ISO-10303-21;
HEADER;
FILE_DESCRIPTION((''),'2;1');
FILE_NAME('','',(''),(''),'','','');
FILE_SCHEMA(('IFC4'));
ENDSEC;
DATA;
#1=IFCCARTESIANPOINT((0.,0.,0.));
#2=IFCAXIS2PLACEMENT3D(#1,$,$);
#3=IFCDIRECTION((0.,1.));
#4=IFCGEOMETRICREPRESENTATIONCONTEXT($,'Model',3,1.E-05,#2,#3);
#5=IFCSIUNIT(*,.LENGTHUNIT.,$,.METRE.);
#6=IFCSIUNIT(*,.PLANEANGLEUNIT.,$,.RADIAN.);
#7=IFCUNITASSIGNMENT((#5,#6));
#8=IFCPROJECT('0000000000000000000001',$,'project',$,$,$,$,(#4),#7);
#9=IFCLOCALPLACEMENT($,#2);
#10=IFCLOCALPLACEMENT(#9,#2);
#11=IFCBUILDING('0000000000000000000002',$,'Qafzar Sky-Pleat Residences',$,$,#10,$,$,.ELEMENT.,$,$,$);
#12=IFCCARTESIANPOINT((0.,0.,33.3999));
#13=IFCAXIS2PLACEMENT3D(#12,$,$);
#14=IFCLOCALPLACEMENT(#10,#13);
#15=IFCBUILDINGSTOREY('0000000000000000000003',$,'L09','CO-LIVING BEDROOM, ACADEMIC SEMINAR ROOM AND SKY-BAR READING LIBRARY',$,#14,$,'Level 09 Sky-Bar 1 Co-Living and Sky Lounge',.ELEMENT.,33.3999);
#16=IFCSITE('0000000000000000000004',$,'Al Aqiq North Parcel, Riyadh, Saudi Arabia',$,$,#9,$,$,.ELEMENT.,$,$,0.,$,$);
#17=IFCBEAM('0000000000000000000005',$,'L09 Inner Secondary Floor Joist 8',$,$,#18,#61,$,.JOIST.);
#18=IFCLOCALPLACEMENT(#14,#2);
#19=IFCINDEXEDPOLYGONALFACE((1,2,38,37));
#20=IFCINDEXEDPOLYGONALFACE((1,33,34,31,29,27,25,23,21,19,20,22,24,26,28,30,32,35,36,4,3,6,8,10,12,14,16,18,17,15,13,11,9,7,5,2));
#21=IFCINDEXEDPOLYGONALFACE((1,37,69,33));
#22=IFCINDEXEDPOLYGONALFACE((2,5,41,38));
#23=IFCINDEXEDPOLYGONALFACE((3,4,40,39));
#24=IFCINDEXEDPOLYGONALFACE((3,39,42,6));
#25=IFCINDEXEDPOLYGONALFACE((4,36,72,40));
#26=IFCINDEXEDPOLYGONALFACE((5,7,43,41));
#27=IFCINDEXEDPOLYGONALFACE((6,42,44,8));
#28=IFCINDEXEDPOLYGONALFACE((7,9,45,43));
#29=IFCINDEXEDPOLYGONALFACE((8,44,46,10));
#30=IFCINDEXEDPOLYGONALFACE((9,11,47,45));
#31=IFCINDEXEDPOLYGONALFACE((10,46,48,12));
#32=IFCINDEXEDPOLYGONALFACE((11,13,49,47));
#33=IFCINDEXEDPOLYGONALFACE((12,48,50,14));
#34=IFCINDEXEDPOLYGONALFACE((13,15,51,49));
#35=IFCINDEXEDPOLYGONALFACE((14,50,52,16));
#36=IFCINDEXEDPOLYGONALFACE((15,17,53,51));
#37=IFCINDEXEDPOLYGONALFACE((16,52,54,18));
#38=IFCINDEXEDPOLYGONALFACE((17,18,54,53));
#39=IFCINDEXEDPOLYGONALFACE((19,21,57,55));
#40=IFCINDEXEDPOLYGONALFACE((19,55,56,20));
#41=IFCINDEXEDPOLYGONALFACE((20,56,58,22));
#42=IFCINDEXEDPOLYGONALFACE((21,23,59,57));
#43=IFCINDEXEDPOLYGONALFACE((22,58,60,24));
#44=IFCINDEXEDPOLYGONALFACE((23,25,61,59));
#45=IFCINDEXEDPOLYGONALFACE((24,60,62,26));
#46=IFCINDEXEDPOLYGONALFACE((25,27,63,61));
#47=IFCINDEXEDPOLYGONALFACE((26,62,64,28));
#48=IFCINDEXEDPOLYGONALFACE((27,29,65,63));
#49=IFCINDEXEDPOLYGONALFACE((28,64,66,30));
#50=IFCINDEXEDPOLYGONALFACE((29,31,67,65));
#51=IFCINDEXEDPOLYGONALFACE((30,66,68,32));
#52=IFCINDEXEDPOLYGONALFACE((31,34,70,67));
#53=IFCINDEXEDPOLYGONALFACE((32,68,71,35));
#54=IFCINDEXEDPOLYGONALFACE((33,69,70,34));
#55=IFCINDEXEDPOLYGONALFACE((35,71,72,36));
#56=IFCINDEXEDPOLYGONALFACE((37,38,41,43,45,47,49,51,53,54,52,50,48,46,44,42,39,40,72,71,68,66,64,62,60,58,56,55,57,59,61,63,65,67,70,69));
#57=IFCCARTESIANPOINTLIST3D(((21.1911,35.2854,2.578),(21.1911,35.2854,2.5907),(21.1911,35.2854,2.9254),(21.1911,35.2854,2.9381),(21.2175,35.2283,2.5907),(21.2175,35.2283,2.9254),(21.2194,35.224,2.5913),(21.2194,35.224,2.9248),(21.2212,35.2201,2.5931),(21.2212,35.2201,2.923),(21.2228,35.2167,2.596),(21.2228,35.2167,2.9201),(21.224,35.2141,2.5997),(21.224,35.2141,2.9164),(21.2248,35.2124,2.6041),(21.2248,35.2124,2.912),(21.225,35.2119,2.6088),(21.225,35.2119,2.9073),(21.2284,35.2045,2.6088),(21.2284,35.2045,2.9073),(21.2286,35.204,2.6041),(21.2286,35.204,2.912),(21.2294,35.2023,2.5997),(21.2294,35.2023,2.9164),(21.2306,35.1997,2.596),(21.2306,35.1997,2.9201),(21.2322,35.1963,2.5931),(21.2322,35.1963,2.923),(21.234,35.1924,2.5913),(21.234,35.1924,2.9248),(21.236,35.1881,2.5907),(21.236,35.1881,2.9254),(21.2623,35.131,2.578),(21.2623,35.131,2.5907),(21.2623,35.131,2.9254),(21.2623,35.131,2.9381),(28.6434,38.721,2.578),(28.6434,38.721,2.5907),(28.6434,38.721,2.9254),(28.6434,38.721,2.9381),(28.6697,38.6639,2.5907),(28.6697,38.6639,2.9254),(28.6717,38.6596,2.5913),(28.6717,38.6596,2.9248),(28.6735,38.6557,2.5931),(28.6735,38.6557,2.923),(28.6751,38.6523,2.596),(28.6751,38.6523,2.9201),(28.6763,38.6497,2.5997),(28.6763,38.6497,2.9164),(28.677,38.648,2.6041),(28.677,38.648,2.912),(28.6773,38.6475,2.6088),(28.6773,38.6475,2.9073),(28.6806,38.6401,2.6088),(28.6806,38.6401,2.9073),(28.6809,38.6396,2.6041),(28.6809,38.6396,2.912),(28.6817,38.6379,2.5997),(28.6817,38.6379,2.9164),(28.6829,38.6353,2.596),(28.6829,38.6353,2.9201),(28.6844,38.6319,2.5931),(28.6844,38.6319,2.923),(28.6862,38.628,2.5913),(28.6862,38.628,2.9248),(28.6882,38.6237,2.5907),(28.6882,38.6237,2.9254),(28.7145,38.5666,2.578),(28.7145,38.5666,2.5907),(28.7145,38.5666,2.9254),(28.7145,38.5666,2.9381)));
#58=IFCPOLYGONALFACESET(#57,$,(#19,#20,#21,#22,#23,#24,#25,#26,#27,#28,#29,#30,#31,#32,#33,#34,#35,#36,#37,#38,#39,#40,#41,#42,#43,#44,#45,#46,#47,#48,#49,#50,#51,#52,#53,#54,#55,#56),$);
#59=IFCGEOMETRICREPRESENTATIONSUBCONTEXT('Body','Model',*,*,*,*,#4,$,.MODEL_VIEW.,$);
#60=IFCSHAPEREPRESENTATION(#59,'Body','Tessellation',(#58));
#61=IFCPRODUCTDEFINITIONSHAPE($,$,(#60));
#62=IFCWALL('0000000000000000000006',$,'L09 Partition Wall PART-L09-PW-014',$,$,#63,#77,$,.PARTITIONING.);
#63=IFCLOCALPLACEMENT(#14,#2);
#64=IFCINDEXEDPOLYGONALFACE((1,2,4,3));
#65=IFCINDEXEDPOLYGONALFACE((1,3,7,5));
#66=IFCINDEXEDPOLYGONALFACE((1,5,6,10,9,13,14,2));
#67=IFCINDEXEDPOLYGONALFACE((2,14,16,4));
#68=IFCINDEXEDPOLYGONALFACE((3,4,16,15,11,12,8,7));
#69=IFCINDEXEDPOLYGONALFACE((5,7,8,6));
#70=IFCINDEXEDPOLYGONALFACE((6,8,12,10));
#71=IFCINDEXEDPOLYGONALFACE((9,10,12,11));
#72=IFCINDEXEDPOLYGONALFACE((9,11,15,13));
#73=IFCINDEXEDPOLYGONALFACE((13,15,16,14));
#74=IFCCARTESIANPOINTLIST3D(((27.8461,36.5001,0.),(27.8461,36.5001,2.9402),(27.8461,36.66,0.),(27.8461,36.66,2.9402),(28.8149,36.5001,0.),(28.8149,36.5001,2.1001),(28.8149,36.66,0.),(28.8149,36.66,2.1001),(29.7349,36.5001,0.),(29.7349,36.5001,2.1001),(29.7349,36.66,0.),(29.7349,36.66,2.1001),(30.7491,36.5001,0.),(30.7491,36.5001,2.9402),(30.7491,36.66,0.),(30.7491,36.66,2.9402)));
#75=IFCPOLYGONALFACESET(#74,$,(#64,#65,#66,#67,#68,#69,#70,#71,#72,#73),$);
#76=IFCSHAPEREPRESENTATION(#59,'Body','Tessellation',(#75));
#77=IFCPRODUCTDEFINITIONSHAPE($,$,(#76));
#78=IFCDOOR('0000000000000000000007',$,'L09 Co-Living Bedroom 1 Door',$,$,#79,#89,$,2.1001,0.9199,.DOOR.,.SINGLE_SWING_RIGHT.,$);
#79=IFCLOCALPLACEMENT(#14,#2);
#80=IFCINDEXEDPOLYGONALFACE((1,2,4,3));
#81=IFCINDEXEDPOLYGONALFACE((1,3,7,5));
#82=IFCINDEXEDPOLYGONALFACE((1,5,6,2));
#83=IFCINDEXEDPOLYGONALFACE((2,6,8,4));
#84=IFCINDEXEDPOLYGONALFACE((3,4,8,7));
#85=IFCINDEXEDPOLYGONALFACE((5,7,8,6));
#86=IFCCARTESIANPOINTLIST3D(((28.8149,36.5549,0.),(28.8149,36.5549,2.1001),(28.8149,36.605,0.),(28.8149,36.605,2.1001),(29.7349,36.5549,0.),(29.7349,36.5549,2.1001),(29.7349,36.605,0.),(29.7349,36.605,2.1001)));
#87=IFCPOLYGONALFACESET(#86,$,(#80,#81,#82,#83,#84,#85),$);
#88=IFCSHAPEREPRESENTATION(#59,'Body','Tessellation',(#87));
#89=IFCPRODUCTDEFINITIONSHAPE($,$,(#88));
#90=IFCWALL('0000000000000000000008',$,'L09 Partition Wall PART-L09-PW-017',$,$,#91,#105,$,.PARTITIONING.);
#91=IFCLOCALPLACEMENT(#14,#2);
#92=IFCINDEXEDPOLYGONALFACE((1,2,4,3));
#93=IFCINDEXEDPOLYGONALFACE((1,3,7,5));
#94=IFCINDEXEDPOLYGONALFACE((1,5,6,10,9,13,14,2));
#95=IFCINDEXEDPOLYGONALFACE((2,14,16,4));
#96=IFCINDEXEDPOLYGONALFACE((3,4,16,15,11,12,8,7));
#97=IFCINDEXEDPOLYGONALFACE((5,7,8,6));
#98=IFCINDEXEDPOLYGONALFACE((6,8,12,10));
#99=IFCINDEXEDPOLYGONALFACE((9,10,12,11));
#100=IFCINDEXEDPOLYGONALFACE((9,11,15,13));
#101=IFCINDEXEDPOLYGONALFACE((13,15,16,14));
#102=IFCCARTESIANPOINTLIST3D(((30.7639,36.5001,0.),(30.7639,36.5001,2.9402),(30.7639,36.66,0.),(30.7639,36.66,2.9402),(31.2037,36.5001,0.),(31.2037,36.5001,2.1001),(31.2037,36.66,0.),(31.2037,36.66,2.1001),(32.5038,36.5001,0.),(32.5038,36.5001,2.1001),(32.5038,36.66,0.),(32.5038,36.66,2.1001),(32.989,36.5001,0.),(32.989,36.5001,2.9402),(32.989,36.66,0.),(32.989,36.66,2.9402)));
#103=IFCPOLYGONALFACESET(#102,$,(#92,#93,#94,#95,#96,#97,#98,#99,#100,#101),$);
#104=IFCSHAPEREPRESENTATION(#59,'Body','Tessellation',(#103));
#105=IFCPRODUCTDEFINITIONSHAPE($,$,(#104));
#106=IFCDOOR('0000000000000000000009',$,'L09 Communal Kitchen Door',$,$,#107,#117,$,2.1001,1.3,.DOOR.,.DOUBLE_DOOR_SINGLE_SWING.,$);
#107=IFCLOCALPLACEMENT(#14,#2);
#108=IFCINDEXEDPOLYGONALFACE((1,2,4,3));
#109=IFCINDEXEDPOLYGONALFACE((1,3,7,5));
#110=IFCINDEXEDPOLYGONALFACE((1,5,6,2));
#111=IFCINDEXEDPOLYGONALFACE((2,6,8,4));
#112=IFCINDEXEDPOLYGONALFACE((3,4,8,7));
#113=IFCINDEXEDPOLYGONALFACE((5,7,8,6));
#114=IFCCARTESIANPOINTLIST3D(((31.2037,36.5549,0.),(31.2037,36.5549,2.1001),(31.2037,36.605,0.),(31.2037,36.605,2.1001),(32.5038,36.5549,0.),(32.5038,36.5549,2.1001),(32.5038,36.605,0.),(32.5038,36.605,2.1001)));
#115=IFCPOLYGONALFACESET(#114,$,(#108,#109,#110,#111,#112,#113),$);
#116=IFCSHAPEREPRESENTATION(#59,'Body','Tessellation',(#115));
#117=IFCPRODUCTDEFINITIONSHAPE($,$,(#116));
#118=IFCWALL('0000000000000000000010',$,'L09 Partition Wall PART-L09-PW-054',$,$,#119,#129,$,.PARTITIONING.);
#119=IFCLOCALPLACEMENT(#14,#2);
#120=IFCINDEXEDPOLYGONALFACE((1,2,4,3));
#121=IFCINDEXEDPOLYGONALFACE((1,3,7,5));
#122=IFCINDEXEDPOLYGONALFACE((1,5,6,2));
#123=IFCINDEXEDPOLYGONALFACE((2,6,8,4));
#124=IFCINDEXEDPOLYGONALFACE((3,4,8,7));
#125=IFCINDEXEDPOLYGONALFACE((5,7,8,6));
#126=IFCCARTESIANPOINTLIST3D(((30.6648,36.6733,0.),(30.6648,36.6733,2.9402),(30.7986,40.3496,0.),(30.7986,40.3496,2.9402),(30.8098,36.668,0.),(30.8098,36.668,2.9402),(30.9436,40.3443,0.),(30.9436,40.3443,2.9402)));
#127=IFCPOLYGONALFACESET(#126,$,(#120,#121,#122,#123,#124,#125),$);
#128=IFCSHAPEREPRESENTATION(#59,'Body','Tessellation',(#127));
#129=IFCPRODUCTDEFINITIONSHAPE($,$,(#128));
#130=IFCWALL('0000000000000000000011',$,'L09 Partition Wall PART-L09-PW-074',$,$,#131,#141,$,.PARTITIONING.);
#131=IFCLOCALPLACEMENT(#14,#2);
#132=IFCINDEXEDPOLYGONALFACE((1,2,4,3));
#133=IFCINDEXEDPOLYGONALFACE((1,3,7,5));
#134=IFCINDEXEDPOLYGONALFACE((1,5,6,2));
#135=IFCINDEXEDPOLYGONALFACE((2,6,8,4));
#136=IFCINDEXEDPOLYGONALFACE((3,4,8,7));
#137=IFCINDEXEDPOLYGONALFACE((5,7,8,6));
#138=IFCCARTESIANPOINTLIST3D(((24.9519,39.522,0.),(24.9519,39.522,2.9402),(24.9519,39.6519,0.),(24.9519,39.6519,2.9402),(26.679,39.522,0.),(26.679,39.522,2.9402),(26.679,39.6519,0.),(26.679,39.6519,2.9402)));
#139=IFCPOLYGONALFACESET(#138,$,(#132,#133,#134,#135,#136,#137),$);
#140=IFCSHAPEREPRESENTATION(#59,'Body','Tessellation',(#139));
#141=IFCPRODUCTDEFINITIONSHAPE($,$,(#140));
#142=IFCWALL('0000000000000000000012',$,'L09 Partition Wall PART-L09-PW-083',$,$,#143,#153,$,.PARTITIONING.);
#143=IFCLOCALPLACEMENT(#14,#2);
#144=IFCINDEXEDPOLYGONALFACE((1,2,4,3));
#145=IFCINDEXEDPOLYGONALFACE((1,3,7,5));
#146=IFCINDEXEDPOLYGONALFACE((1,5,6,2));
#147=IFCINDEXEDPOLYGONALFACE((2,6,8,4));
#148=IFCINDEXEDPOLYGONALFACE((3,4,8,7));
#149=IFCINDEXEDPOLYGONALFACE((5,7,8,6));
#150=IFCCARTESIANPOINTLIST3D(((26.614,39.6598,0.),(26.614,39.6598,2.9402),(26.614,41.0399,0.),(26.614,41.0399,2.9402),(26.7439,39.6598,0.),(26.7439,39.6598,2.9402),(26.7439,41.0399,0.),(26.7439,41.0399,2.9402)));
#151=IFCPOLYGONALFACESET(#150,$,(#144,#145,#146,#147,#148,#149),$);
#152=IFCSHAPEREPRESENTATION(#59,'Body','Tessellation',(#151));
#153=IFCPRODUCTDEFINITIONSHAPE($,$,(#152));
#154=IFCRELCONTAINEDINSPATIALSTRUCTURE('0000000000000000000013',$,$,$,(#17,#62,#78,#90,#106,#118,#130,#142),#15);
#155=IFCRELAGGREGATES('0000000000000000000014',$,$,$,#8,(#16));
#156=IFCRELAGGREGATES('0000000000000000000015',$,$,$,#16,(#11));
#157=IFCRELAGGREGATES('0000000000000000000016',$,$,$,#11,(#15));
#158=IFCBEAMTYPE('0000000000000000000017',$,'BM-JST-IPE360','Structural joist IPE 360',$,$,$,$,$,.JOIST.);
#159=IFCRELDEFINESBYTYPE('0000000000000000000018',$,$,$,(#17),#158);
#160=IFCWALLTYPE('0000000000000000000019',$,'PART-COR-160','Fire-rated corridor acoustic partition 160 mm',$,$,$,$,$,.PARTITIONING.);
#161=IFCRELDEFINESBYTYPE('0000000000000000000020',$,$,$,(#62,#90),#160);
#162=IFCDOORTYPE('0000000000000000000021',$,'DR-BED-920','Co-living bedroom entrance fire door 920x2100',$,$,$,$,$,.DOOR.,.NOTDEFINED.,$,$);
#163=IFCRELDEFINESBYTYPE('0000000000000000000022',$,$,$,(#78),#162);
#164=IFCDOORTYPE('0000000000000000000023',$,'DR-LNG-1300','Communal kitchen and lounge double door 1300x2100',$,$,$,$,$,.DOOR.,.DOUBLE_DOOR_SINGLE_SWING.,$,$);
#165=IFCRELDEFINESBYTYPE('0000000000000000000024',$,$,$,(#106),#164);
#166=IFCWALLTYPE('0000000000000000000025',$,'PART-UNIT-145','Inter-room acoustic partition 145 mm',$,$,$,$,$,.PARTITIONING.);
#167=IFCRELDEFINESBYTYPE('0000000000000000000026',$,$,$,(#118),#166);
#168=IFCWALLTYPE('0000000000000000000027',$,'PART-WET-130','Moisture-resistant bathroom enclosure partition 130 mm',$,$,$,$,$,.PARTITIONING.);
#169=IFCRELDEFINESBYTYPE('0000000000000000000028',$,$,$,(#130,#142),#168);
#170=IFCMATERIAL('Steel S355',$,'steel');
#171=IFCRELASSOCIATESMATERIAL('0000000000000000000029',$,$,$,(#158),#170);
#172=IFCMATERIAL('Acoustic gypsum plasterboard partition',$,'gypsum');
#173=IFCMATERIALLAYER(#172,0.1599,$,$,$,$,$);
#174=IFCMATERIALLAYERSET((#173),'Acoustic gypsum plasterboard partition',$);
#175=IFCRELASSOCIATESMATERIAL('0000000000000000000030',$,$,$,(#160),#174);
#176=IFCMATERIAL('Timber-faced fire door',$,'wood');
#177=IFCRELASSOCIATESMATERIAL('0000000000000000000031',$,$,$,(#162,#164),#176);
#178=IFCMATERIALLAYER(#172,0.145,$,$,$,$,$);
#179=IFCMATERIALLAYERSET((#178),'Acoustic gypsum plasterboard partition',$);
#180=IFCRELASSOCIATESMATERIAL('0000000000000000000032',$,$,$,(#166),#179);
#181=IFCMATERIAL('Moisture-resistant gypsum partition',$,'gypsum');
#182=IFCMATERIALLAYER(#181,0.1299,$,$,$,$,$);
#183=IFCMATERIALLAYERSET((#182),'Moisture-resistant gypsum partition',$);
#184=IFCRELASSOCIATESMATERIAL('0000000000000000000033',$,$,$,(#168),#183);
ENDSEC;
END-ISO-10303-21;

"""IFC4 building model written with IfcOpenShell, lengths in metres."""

from ifc_helpers import new_model, si_unit, direction, frame, frame_2d, origin, origin_2d, place, context, subcontext, project, spatial, rectangle, i_section, extrude, source, transform, mapped, material, layer, layer_set, material_profile, profile_set, type_object, element, fill, save


model = new_model("IFC4")

# Units and contexts
model_context = context("Model", 3, precision=1e-05, world=origin(), true_north=direction((0.0, 1.0)))
body_context = subcontext(model_context, "Body", "Model", "MODEL_VIEW")
ifc_project = project(units=[si_unit("LENGTHUNIT", "METRE"), si_unit("PLANEANGLEUNIT", "RADIAN")], contexts=[model_context])

# Site, building, storey
site_placement = place(None, origin())
site = spatial("IfcSite", under=ifc_project, at=site_placement, Name="Al Aqiq North Parcel, Riyadh, Saudi Arabia", CompositionType="ELEMENT", RefElevation=0.0)
building_placement = place(site_placement, origin())
building = spatial("IfcBuilding", under=site, at=building_placement, Name="Qafzar Sky-Pleat Residences", CompositionType="ELEMENT")
storey_placement = place(building_placement, frame((0.0, 0.0, 33.3999)))
storey = spatial("IfcBuildingStorey", under=building, at=storey_placement, Name="L09", Description="CO-LIVING BEDROOM, ACADEMIC SEMINAR ROOM AND SKY-BAR READING LIBRARY", LongName="Level 09 Sky-Bar 1 Co-Living and Sky Lounge", CompositionType="ELEMENT", Elevation=33.3999)

# Beam
ifc_material_1 = material(Name="Steel S355", Category="steel")
ifc_material_profile = material_profile(ifc_material_1, i_section(OverallWidth=0.1699, OverallDepth=0.3601, WebThickness=0.0081, FlangeThickness=0.0127, FilletRadius=0.0181, at=origin_2d()), Name="IPE 360")
ifc_profile_set = profile_set([ifc_material_profile], Name="Steel S355")
beam_type = type_object("IfcBeamType", Name="BM-JST-IPE360", Description="Structural joist IPE 360", PredefinedType="JOIST", material=ifc_profile_set)
shared_shape_1 = source(origin(), body_context, "Body", "SweptSolid", [
    extrude(i_section(OverallWidth=0.1699, OverallDepth=0.3601, WebThickness=0.0081, FlangeThickness=0.0127, FilletRadius=0.0181, at=origin_2d()), origin(), (0.0, 0.0, 1.0), 8.2061),
])
beam_placement = place(storey_placement, frame((28.679, 38.6438, 2.7581), z_axis=(-0.90814, -0.418666, 0.0), x_axis=(0.418666, -0.90814, 0.0)))
element("IfcBeam", 1, at=beam_placement, inside=storey, type_object=beam_type, Name="L09 Inner Secondary Floor Joist 8", PredefinedType="JOIST", context=body_context, shape_type="MappedRepresentation", body=[
    mapped(shared_shape_1, transform((0.0, 0.0, 0.0), x_axis=(1.0, 0.0, 0.0), y_axis=(0.0, 1.0, 0.0), z_axis=(0.0, 0.0, 1.0), scale=1.0)),
])

# Walls, openings, doors
ifc_material_2 = material(Name="Acoustic gypsum plasterboard partition", Category="gypsum")
ifc_layer_1 = layer(ifc_material_2, 0.1599)
ifc_layer_set_1 = layer_set([ifc_layer_1], Name="Acoustic gypsum plasterboard partition")
wall_type_1 = type_object("IfcWallType", Name="PART-COR-160", Description="Fire-rated corridor acoustic partition 160 mm", PredefinedType="PARTITIONING", material=ifc_layer_set_1)
wall_1_placement = place(storey_placement, frame((27.8459, 36.5801, 0.0), z_axis=(0.0, 0.0, 1.0), x_axis=(1.0, 0.0, 0.0)))
wall_1 = element("IfcWall", 2, at=wall_1_placement, inside=storey, type_object=wall_type_1, Name="L09 Partition Wall PART-L09-PW-014", PredefinedType="PARTITIONING", context=body_context, shape_type="SweptSolid", body=[
    extrude(rectangle(XDim=2.9031, YDim=0.1599, at=frame_2d((1.4517, 0.0))), origin(), (0.0, 0.0, 1.0), 2.9402),
])
opening_1_placement = place(wall_1_placement, frame((0.969, 0.0, 0.0)))
opening_1 = element("IfcOpeningElement", 3, at=opening_1_placement, cuts=wall_1, PredefinedType="OPENING", context=body_context, shape_type="SweptSolid", body=[
    extrude(rectangle(XDim=0.9199, YDim=2.1001, at=frame_2d((0.46, 1.05))), frame((0.0, 0.0898, 0.0), z_axis=(0.0, -1.0, 0.0), x_axis=(1.0, 0.0, 0.0)), (0.0, 0.0, 1.0), 0.1799),
])
ifc_material_3 = material(Name="Timber-faced fire door", Category="wood")
door_type_1 = type_object("IfcDoorType", Name="DR-BED-920", Description="Co-living bedroom entrance fire door 920x2100", OperationType="NOTDEFINED", PredefinedType="DOOR", material=ifc_material_3)
shared_shape_2 = source(origin(), body_context, "Body", "SweptSolid", [
    extrude(rectangle(XDim=0.9199, YDim=2.1001, at=frame_2d((0.46, 1.05))), frame((0.0, 0.0249, 0.0), z_axis=(0.0, -1.0, 0.0), x_axis=(1.0, 0.0, 0.0)), (0.0, 0.0, 1.0), 0.05),
])
door_1_placement = place(opening_1_placement, origin())
door_1 = element("IfcDoor", 4, at=door_1_placement, inside=storey, type_object=door_type_1, Name="L09 Co-Living Bedroom 1 Door", OperationType="SINGLE_SWING_RIGHT", OverallHeight=2.1001, OverallWidth=0.9199, PredefinedType="DOOR", context=body_context, shape_type="MappedRepresentation", body=[
    mapped(shared_shape_2, transform((0.0, 0.0, 0.0), x_axis=(1.0, 0.0, 0.0), y_axis=(0.0, 1.0, 0.0), z_axis=(0.0, 0.0, 1.0), scale=1.0)),
])
fill(opening_1, door_1)
wall_2_placement = place(storey_placement, frame((30.7639, 36.5801, 0.0), z_axis=(0.0, 0.0, 1.0), x_axis=(1.0, 0.0, 0.0)))
wall_2 = element("IfcWall", 5, at=wall_2_placement, inside=storey, type_object=wall_type_1, Name="L09 Partition Wall PART-L09-PW-017", PredefinedType="PARTITIONING", context=body_context, shape_type="SweptSolid", body=[
    extrude(rectangle(XDim=2.2251, YDim=0.1599, at=frame_2d((1.1125, 0.0))), origin(), (0.0, 0.0, 1.0), 2.9402),
])
opening_2_placement = place(wall_2_placement, frame((0.4399, 0.0, 0.0)))
opening_2 = element("IfcOpeningElement", 6, at=opening_2_placement, cuts=wall_2, PredefinedType="OPENING", context=body_context, shape_type="SweptSolid", body=[
    extrude(rectangle(XDim=1.3, YDim=2.1001, at=frame_2d((0.6499, 1.05))), frame((0.0, 0.0898, 0.0), z_axis=(0.0, -1.0, 0.0), x_axis=(1.0, 0.0, 0.0)), (0.0, 0.0, 1.0), 0.1799),
])
door_type_2 = type_object("IfcDoorType", Name="DR-LNG-1300", Description="Communal kitchen and lounge double door 1300x2100", OperationType="DOUBLE_DOOR_SINGLE_SWING", PredefinedType="DOOR", material=ifc_material_3)
shared_shape_3 = source(origin(), body_context, "Body", "SweptSolid", [
    extrude(rectangle(XDim=1.3, YDim=2.1001, at=frame_2d((0.6499, 1.05))), frame((0.0, 0.0249, 0.0), z_axis=(0.0, -1.0, 0.0), x_axis=(1.0, 0.0, 0.0)), (0.0, 0.0, 1.0), 0.05),
])
door_2_placement = place(opening_2_placement, origin())
door_2 = element("IfcDoor", 7, at=door_2_placement, inside=storey, type_object=door_type_2, Name="L09 Communal Kitchen Door", OperationType="DOUBLE_DOOR_SINGLE_SWING", OverallHeight=2.1001, OverallWidth=1.3, PredefinedType="DOOR", context=body_context, shape_type="MappedRepresentation", body=[
    mapped(shared_shape_3, transform((0.0, 0.0, 0.0), x_axis=(1.0, 0.0, 0.0), y_axis=(0.0, 1.0, 0.0), z_axis=(0.0, 0.0, 1.0), scale=1.0)),
])
fill(opening_2, door_2)

# Walls
ifc_layer_2 = layer(ifc_material_2, 0.145)
ifc_layer_set_2 = layer_set([ifc_layer_2], Name="Acoustic gypsum plasterboard partition")
wall_type_2 = type_object("IfcWallType", Name="PART-UNIT-145", Description="Inter-room acoustic partition 145 mm", PredefinedType="PARTITIONING", material=ifc_layer_set_2)
wall_3_placement = place(storey_placement, frame((30.7373, 36.6707, 0.0), z_axis=(0.0, 0.0, 1.0), x_axis=(0.036369, 0.999338, 0.0)))
element("IfcWall", 8, at=wall_3_placement, inside=storey, type_object=wall_type_2, Name="L09 Partition Wall PART-L09-PW-054", PredefinedType="PARTITIONING", context=body_context, shape_type="SweptSolid", body=[
    extrude(rectangle(XDim=3.6787, YDim=0.145, at=frame_2d((1.8394, 0.0))), origin(), (0.0, 0.0, 1.0), 2.9402),
])
ifc_material_4 = material(Name="Moisture-resistant gypsum partition", Category="gypsum")
ifc_layer_3 = layer(ifc_material_4, 0.1299)
ifc_layer_set_3 = layer_set([ifc_layer_3], Name="Moisture-resistant gypsum partition")
wall_type_3 = type_object("IfcWallType", Name="PART-WET-130", Description="Moisture-resistant bathroom enclosure partition 130 mm", PredefinedType="PARTITIONING", material=ifc_layer_set_3)
wall_4_placement = place(storey_placement, frame((24.9519, 39.5869, 0.0), z_axis=(0.0, 0.0, 1.0), x_axis=(1.0, 0.0, 0.0)))
element("IfcWall", 9, at=wall_4_placement, inside=storey, type_object=wall_type_3, Name="L09 Partition Wall PART-L09-PW-074", PredefinedType="PARTITIONING", context=body_context, shape_type="SweptSolid", body=[
    extrude(rectangle(XDim=1.7271, YDim=0.1299, at=frame_2d((0.8635, 0.0))), origin(), (0.0, 0.0, 1.0), 2.9402),
])
wall_5_placement = place(storey_placement, frame((26.679, 39.6599, 0.0), z_axis=(0.0, 0.0, 1.0), x_axis=(0.0, 1.0, 0.0)))
element("IfcWall", 10, at=wall_5_placement, inside=storey, type_object=wall_type_3, Name="L09 Partition Wall PART-L09-PW-083", PredefinedType="PARTITIONING", context=body_context, shape_type="SweptSolid", body=[
    extrude(rectangle(XDim=1.3801, YDim=0.1299, at=frame_2d((0.6899, 0.0))), origin(), (0.0, 0.0, 1.0), 2.9402),
])

save(model, "model.ifc")
